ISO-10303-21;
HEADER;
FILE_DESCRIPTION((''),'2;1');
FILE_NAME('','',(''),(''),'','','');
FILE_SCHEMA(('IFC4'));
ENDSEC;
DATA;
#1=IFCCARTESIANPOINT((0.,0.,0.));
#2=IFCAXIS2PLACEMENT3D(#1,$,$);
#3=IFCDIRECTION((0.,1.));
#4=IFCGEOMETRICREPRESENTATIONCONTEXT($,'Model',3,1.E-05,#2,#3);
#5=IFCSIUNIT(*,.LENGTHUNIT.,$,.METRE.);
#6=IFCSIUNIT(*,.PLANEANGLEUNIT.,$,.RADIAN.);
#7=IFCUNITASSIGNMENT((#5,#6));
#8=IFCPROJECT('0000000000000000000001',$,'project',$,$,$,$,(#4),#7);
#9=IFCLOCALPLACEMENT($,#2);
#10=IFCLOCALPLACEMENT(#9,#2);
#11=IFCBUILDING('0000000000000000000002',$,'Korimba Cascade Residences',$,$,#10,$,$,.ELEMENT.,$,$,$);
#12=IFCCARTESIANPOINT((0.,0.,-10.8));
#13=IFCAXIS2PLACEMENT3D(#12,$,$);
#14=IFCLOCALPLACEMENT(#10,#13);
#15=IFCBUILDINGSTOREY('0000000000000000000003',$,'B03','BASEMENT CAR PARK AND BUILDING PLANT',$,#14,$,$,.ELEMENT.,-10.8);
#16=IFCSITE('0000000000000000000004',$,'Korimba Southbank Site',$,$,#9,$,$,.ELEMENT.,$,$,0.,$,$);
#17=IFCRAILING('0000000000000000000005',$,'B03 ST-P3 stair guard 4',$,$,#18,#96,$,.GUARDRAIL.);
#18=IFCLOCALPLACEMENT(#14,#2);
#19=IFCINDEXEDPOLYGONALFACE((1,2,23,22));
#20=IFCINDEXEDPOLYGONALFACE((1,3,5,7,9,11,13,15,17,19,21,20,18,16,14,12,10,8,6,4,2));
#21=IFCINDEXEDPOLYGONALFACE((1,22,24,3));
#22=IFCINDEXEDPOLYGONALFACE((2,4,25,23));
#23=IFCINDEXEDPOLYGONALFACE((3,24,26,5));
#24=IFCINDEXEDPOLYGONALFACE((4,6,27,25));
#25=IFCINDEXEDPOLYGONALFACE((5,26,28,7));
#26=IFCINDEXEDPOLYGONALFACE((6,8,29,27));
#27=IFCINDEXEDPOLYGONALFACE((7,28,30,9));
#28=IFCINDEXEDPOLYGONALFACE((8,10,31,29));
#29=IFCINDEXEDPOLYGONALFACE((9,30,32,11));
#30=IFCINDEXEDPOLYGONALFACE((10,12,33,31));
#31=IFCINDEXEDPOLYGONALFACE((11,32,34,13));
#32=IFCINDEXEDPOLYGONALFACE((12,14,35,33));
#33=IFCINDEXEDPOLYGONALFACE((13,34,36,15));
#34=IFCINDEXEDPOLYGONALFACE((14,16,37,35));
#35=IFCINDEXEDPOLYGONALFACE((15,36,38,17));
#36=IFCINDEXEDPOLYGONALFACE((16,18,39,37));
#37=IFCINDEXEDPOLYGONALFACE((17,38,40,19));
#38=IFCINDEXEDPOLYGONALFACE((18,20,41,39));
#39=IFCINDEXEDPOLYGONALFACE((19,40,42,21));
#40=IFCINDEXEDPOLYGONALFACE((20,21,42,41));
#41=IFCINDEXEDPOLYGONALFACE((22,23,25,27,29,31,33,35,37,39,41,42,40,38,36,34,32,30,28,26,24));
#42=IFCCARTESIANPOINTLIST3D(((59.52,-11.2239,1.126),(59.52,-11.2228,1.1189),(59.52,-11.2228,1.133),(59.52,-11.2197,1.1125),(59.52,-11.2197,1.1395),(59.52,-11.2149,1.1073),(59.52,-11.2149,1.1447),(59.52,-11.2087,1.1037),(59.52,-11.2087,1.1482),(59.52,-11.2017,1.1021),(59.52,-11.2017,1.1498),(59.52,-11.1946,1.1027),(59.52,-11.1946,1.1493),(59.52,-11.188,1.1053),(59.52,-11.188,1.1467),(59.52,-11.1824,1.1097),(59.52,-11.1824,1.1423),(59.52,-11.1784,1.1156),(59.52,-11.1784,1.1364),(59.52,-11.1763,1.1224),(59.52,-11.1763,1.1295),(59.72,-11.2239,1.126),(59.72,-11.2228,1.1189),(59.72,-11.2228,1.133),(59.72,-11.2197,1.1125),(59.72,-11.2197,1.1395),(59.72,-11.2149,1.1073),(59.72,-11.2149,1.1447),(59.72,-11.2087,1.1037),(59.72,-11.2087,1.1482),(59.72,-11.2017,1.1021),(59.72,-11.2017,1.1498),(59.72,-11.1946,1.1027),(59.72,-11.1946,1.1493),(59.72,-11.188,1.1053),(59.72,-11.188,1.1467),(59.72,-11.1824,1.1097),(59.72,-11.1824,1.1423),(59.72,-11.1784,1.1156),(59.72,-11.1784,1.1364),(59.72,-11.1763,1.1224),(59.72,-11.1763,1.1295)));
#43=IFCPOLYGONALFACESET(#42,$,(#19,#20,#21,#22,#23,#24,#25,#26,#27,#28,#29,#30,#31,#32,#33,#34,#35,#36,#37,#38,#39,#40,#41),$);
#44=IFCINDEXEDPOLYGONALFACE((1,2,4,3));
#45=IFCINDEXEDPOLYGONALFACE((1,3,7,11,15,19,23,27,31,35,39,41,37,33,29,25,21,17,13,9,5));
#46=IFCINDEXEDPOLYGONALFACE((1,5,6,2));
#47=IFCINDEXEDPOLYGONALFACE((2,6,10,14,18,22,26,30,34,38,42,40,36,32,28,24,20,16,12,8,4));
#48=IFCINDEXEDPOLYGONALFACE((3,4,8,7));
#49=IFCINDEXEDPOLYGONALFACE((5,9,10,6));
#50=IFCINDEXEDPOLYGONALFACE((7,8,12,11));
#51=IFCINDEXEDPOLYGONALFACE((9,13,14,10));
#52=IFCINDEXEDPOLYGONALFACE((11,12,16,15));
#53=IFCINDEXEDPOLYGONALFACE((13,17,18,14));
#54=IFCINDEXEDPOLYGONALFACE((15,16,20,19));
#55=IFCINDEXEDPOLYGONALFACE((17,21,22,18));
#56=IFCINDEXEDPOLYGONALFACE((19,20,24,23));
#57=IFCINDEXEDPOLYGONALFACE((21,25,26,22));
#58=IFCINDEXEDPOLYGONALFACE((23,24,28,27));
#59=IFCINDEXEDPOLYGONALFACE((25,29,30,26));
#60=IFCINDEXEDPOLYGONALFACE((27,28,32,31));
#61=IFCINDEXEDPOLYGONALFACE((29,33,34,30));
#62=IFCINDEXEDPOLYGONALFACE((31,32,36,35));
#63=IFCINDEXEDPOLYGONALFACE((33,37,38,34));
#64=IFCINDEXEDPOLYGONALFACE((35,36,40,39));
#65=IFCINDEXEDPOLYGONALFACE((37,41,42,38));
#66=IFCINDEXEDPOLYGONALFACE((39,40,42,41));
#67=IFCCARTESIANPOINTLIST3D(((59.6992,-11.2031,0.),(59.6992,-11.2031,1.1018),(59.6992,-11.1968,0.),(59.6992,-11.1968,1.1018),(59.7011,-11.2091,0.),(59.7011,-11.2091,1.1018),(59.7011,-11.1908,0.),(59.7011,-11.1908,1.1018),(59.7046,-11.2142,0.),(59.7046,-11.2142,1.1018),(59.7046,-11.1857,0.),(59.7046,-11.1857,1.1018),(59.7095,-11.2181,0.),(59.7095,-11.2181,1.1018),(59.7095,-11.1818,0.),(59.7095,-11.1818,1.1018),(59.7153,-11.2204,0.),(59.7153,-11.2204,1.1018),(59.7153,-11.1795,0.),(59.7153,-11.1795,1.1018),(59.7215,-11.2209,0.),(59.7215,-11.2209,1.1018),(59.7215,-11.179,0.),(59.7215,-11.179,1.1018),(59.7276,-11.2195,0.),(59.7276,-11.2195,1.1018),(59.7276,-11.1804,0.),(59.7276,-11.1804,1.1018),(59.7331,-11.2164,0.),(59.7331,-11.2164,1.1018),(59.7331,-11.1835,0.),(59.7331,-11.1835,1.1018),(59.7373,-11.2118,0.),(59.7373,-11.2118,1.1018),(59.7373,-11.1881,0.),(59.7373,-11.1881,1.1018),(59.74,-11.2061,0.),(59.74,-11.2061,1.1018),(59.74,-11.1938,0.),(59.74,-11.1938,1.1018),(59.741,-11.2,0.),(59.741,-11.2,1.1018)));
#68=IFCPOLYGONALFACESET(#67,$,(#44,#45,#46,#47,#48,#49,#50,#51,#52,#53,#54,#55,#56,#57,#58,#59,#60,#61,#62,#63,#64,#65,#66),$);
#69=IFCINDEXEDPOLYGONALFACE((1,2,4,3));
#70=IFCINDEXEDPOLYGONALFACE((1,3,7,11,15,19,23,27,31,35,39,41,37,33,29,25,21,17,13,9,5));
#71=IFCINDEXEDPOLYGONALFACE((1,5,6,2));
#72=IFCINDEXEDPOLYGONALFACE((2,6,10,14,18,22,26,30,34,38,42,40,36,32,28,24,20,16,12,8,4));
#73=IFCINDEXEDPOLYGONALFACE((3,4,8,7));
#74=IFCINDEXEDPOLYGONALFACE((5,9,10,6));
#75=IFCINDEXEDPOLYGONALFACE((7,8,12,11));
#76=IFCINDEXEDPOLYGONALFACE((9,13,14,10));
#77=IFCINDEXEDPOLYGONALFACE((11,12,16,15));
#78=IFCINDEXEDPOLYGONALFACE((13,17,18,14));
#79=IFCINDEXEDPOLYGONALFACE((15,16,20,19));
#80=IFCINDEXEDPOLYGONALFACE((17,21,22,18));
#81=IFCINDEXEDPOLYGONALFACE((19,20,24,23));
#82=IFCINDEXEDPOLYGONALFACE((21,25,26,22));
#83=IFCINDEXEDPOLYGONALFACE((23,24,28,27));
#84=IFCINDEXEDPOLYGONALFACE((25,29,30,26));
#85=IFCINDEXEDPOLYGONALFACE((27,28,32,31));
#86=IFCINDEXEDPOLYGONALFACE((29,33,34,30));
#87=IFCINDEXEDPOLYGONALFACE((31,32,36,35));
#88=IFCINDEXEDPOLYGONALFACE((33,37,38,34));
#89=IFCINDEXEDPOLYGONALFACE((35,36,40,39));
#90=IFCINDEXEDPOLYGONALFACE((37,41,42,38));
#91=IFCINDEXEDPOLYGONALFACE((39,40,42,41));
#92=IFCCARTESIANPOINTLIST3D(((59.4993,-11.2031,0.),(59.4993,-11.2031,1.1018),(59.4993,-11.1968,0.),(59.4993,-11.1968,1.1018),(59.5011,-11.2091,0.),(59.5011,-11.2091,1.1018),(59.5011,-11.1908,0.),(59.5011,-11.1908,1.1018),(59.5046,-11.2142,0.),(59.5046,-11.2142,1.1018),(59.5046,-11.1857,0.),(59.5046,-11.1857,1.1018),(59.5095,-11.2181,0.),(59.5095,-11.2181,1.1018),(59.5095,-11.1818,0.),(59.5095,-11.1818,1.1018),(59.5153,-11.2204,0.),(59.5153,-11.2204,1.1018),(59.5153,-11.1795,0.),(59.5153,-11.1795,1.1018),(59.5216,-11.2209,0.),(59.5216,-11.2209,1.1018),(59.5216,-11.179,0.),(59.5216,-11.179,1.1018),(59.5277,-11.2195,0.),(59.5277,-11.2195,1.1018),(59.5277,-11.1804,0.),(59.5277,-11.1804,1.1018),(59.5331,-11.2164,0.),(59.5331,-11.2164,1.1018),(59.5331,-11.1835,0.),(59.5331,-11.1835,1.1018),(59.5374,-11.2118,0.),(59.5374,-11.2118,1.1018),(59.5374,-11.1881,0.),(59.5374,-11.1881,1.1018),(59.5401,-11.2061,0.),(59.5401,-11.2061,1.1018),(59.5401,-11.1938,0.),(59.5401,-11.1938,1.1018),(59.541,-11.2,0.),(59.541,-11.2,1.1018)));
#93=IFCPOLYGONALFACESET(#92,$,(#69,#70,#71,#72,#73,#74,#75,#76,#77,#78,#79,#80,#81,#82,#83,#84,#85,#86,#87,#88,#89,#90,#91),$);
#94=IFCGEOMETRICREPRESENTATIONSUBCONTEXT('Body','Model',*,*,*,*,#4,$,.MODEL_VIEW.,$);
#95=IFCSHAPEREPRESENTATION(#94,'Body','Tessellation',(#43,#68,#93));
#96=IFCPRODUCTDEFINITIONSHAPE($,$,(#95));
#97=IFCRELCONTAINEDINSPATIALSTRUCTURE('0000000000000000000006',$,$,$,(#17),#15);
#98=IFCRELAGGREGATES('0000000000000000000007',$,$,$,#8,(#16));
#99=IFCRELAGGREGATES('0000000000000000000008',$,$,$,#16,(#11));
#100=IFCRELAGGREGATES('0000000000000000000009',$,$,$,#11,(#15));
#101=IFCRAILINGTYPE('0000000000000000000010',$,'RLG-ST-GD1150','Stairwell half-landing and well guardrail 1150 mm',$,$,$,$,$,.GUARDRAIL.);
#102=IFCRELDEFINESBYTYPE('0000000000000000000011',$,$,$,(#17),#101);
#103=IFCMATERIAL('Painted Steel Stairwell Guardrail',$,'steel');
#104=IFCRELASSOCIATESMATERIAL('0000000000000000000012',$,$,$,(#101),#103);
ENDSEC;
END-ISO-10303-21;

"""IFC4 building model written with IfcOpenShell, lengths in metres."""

from ifc_helpers import new_model, si_unit, direction, frame, origin, origin_2d, place, context, subcontext, project, spatial, circle, extrude, material, type_object, element, save


model = new_model("IFC4")

# Units and contexts
model_context = context("Model", 3, precision=1e-05, world=origin(), true_north=direction((0.0, 1.0)))
body_context = subcontext(model_context, "Body", "Model", "MODEL_VIEW")
ifc_project = project(units=[si_unit("LENGTHUNIT", "METRE"), si_unit("PLANEANGLEUNIT", "RADIAN")], contexts=[model_context])

# Site, building, storey
site_placement = place(None, origin())
site = spatial("IfcSite", under=ifc_project, at=site_placement, Name="Korimba Southbank Site", CompositionType="ELEMENT", RefElevation=0.0)
building_placement = place(site_placement, origin())
building = spatial("IfcBuilding", under=site, at=building_placement, Name="Korimba Cascade Residences", CompositionType="ELEMENT")
storey_placement = place(building_placement, frame((0.0, 0.0, -10.8)))
storey = spatial("IfcBuildingStorey", under=building, at=storey_placement, Name="B03", Description="BASEMENT CAR PARK AND BUILDING PLANT", CompositionType="ELEMENT", Elevation=-10.8)

# Railing
ifc_material_1 = material(Name="Painted Steel Stairwell Guardrail", Category="steel")
railing_type_1 = type_object("IfcRailingType", Name="RLG-ST-GD1150", Description="Stairwell half-landing and well guardrail 1150 mm", PredefinedType="GUARDRAIL", material=ifc_material_1)
railing_1_placement = place(storey_placement, frame((59.72, -11.2, 0.0)))
element("IfcRailing", 1, at=railing_1_placement, inside=storey, type_object=railing_type_1, Name="B03 ST-P3 stair guard 4", PredefinedType="GUARDRAIL", context=body_context, shape_type="SweptSolid", body=[
    extrude(circle(Radius=0.0239, at=origin_2d()), frame((0.0, 0.0, 1.126), z_axis=(-1.0, 0.0, 0.0), x_axis=(0.0, -1.0, 0.0)), (0.0, 0.0, 1.0), 0.2),
    extrude(circle(Radius=0.021, at=origin_2d()), origin(), (0.0, 0.0, 1.0), 1.1018),
    extrude(circle(Radius=0.021, at=origin_2d()), frame((-0.2, 0.0, 0.0)), (0.0, 0.0, 1.0), 1.1018),
])

save(model, "model.ifc")
